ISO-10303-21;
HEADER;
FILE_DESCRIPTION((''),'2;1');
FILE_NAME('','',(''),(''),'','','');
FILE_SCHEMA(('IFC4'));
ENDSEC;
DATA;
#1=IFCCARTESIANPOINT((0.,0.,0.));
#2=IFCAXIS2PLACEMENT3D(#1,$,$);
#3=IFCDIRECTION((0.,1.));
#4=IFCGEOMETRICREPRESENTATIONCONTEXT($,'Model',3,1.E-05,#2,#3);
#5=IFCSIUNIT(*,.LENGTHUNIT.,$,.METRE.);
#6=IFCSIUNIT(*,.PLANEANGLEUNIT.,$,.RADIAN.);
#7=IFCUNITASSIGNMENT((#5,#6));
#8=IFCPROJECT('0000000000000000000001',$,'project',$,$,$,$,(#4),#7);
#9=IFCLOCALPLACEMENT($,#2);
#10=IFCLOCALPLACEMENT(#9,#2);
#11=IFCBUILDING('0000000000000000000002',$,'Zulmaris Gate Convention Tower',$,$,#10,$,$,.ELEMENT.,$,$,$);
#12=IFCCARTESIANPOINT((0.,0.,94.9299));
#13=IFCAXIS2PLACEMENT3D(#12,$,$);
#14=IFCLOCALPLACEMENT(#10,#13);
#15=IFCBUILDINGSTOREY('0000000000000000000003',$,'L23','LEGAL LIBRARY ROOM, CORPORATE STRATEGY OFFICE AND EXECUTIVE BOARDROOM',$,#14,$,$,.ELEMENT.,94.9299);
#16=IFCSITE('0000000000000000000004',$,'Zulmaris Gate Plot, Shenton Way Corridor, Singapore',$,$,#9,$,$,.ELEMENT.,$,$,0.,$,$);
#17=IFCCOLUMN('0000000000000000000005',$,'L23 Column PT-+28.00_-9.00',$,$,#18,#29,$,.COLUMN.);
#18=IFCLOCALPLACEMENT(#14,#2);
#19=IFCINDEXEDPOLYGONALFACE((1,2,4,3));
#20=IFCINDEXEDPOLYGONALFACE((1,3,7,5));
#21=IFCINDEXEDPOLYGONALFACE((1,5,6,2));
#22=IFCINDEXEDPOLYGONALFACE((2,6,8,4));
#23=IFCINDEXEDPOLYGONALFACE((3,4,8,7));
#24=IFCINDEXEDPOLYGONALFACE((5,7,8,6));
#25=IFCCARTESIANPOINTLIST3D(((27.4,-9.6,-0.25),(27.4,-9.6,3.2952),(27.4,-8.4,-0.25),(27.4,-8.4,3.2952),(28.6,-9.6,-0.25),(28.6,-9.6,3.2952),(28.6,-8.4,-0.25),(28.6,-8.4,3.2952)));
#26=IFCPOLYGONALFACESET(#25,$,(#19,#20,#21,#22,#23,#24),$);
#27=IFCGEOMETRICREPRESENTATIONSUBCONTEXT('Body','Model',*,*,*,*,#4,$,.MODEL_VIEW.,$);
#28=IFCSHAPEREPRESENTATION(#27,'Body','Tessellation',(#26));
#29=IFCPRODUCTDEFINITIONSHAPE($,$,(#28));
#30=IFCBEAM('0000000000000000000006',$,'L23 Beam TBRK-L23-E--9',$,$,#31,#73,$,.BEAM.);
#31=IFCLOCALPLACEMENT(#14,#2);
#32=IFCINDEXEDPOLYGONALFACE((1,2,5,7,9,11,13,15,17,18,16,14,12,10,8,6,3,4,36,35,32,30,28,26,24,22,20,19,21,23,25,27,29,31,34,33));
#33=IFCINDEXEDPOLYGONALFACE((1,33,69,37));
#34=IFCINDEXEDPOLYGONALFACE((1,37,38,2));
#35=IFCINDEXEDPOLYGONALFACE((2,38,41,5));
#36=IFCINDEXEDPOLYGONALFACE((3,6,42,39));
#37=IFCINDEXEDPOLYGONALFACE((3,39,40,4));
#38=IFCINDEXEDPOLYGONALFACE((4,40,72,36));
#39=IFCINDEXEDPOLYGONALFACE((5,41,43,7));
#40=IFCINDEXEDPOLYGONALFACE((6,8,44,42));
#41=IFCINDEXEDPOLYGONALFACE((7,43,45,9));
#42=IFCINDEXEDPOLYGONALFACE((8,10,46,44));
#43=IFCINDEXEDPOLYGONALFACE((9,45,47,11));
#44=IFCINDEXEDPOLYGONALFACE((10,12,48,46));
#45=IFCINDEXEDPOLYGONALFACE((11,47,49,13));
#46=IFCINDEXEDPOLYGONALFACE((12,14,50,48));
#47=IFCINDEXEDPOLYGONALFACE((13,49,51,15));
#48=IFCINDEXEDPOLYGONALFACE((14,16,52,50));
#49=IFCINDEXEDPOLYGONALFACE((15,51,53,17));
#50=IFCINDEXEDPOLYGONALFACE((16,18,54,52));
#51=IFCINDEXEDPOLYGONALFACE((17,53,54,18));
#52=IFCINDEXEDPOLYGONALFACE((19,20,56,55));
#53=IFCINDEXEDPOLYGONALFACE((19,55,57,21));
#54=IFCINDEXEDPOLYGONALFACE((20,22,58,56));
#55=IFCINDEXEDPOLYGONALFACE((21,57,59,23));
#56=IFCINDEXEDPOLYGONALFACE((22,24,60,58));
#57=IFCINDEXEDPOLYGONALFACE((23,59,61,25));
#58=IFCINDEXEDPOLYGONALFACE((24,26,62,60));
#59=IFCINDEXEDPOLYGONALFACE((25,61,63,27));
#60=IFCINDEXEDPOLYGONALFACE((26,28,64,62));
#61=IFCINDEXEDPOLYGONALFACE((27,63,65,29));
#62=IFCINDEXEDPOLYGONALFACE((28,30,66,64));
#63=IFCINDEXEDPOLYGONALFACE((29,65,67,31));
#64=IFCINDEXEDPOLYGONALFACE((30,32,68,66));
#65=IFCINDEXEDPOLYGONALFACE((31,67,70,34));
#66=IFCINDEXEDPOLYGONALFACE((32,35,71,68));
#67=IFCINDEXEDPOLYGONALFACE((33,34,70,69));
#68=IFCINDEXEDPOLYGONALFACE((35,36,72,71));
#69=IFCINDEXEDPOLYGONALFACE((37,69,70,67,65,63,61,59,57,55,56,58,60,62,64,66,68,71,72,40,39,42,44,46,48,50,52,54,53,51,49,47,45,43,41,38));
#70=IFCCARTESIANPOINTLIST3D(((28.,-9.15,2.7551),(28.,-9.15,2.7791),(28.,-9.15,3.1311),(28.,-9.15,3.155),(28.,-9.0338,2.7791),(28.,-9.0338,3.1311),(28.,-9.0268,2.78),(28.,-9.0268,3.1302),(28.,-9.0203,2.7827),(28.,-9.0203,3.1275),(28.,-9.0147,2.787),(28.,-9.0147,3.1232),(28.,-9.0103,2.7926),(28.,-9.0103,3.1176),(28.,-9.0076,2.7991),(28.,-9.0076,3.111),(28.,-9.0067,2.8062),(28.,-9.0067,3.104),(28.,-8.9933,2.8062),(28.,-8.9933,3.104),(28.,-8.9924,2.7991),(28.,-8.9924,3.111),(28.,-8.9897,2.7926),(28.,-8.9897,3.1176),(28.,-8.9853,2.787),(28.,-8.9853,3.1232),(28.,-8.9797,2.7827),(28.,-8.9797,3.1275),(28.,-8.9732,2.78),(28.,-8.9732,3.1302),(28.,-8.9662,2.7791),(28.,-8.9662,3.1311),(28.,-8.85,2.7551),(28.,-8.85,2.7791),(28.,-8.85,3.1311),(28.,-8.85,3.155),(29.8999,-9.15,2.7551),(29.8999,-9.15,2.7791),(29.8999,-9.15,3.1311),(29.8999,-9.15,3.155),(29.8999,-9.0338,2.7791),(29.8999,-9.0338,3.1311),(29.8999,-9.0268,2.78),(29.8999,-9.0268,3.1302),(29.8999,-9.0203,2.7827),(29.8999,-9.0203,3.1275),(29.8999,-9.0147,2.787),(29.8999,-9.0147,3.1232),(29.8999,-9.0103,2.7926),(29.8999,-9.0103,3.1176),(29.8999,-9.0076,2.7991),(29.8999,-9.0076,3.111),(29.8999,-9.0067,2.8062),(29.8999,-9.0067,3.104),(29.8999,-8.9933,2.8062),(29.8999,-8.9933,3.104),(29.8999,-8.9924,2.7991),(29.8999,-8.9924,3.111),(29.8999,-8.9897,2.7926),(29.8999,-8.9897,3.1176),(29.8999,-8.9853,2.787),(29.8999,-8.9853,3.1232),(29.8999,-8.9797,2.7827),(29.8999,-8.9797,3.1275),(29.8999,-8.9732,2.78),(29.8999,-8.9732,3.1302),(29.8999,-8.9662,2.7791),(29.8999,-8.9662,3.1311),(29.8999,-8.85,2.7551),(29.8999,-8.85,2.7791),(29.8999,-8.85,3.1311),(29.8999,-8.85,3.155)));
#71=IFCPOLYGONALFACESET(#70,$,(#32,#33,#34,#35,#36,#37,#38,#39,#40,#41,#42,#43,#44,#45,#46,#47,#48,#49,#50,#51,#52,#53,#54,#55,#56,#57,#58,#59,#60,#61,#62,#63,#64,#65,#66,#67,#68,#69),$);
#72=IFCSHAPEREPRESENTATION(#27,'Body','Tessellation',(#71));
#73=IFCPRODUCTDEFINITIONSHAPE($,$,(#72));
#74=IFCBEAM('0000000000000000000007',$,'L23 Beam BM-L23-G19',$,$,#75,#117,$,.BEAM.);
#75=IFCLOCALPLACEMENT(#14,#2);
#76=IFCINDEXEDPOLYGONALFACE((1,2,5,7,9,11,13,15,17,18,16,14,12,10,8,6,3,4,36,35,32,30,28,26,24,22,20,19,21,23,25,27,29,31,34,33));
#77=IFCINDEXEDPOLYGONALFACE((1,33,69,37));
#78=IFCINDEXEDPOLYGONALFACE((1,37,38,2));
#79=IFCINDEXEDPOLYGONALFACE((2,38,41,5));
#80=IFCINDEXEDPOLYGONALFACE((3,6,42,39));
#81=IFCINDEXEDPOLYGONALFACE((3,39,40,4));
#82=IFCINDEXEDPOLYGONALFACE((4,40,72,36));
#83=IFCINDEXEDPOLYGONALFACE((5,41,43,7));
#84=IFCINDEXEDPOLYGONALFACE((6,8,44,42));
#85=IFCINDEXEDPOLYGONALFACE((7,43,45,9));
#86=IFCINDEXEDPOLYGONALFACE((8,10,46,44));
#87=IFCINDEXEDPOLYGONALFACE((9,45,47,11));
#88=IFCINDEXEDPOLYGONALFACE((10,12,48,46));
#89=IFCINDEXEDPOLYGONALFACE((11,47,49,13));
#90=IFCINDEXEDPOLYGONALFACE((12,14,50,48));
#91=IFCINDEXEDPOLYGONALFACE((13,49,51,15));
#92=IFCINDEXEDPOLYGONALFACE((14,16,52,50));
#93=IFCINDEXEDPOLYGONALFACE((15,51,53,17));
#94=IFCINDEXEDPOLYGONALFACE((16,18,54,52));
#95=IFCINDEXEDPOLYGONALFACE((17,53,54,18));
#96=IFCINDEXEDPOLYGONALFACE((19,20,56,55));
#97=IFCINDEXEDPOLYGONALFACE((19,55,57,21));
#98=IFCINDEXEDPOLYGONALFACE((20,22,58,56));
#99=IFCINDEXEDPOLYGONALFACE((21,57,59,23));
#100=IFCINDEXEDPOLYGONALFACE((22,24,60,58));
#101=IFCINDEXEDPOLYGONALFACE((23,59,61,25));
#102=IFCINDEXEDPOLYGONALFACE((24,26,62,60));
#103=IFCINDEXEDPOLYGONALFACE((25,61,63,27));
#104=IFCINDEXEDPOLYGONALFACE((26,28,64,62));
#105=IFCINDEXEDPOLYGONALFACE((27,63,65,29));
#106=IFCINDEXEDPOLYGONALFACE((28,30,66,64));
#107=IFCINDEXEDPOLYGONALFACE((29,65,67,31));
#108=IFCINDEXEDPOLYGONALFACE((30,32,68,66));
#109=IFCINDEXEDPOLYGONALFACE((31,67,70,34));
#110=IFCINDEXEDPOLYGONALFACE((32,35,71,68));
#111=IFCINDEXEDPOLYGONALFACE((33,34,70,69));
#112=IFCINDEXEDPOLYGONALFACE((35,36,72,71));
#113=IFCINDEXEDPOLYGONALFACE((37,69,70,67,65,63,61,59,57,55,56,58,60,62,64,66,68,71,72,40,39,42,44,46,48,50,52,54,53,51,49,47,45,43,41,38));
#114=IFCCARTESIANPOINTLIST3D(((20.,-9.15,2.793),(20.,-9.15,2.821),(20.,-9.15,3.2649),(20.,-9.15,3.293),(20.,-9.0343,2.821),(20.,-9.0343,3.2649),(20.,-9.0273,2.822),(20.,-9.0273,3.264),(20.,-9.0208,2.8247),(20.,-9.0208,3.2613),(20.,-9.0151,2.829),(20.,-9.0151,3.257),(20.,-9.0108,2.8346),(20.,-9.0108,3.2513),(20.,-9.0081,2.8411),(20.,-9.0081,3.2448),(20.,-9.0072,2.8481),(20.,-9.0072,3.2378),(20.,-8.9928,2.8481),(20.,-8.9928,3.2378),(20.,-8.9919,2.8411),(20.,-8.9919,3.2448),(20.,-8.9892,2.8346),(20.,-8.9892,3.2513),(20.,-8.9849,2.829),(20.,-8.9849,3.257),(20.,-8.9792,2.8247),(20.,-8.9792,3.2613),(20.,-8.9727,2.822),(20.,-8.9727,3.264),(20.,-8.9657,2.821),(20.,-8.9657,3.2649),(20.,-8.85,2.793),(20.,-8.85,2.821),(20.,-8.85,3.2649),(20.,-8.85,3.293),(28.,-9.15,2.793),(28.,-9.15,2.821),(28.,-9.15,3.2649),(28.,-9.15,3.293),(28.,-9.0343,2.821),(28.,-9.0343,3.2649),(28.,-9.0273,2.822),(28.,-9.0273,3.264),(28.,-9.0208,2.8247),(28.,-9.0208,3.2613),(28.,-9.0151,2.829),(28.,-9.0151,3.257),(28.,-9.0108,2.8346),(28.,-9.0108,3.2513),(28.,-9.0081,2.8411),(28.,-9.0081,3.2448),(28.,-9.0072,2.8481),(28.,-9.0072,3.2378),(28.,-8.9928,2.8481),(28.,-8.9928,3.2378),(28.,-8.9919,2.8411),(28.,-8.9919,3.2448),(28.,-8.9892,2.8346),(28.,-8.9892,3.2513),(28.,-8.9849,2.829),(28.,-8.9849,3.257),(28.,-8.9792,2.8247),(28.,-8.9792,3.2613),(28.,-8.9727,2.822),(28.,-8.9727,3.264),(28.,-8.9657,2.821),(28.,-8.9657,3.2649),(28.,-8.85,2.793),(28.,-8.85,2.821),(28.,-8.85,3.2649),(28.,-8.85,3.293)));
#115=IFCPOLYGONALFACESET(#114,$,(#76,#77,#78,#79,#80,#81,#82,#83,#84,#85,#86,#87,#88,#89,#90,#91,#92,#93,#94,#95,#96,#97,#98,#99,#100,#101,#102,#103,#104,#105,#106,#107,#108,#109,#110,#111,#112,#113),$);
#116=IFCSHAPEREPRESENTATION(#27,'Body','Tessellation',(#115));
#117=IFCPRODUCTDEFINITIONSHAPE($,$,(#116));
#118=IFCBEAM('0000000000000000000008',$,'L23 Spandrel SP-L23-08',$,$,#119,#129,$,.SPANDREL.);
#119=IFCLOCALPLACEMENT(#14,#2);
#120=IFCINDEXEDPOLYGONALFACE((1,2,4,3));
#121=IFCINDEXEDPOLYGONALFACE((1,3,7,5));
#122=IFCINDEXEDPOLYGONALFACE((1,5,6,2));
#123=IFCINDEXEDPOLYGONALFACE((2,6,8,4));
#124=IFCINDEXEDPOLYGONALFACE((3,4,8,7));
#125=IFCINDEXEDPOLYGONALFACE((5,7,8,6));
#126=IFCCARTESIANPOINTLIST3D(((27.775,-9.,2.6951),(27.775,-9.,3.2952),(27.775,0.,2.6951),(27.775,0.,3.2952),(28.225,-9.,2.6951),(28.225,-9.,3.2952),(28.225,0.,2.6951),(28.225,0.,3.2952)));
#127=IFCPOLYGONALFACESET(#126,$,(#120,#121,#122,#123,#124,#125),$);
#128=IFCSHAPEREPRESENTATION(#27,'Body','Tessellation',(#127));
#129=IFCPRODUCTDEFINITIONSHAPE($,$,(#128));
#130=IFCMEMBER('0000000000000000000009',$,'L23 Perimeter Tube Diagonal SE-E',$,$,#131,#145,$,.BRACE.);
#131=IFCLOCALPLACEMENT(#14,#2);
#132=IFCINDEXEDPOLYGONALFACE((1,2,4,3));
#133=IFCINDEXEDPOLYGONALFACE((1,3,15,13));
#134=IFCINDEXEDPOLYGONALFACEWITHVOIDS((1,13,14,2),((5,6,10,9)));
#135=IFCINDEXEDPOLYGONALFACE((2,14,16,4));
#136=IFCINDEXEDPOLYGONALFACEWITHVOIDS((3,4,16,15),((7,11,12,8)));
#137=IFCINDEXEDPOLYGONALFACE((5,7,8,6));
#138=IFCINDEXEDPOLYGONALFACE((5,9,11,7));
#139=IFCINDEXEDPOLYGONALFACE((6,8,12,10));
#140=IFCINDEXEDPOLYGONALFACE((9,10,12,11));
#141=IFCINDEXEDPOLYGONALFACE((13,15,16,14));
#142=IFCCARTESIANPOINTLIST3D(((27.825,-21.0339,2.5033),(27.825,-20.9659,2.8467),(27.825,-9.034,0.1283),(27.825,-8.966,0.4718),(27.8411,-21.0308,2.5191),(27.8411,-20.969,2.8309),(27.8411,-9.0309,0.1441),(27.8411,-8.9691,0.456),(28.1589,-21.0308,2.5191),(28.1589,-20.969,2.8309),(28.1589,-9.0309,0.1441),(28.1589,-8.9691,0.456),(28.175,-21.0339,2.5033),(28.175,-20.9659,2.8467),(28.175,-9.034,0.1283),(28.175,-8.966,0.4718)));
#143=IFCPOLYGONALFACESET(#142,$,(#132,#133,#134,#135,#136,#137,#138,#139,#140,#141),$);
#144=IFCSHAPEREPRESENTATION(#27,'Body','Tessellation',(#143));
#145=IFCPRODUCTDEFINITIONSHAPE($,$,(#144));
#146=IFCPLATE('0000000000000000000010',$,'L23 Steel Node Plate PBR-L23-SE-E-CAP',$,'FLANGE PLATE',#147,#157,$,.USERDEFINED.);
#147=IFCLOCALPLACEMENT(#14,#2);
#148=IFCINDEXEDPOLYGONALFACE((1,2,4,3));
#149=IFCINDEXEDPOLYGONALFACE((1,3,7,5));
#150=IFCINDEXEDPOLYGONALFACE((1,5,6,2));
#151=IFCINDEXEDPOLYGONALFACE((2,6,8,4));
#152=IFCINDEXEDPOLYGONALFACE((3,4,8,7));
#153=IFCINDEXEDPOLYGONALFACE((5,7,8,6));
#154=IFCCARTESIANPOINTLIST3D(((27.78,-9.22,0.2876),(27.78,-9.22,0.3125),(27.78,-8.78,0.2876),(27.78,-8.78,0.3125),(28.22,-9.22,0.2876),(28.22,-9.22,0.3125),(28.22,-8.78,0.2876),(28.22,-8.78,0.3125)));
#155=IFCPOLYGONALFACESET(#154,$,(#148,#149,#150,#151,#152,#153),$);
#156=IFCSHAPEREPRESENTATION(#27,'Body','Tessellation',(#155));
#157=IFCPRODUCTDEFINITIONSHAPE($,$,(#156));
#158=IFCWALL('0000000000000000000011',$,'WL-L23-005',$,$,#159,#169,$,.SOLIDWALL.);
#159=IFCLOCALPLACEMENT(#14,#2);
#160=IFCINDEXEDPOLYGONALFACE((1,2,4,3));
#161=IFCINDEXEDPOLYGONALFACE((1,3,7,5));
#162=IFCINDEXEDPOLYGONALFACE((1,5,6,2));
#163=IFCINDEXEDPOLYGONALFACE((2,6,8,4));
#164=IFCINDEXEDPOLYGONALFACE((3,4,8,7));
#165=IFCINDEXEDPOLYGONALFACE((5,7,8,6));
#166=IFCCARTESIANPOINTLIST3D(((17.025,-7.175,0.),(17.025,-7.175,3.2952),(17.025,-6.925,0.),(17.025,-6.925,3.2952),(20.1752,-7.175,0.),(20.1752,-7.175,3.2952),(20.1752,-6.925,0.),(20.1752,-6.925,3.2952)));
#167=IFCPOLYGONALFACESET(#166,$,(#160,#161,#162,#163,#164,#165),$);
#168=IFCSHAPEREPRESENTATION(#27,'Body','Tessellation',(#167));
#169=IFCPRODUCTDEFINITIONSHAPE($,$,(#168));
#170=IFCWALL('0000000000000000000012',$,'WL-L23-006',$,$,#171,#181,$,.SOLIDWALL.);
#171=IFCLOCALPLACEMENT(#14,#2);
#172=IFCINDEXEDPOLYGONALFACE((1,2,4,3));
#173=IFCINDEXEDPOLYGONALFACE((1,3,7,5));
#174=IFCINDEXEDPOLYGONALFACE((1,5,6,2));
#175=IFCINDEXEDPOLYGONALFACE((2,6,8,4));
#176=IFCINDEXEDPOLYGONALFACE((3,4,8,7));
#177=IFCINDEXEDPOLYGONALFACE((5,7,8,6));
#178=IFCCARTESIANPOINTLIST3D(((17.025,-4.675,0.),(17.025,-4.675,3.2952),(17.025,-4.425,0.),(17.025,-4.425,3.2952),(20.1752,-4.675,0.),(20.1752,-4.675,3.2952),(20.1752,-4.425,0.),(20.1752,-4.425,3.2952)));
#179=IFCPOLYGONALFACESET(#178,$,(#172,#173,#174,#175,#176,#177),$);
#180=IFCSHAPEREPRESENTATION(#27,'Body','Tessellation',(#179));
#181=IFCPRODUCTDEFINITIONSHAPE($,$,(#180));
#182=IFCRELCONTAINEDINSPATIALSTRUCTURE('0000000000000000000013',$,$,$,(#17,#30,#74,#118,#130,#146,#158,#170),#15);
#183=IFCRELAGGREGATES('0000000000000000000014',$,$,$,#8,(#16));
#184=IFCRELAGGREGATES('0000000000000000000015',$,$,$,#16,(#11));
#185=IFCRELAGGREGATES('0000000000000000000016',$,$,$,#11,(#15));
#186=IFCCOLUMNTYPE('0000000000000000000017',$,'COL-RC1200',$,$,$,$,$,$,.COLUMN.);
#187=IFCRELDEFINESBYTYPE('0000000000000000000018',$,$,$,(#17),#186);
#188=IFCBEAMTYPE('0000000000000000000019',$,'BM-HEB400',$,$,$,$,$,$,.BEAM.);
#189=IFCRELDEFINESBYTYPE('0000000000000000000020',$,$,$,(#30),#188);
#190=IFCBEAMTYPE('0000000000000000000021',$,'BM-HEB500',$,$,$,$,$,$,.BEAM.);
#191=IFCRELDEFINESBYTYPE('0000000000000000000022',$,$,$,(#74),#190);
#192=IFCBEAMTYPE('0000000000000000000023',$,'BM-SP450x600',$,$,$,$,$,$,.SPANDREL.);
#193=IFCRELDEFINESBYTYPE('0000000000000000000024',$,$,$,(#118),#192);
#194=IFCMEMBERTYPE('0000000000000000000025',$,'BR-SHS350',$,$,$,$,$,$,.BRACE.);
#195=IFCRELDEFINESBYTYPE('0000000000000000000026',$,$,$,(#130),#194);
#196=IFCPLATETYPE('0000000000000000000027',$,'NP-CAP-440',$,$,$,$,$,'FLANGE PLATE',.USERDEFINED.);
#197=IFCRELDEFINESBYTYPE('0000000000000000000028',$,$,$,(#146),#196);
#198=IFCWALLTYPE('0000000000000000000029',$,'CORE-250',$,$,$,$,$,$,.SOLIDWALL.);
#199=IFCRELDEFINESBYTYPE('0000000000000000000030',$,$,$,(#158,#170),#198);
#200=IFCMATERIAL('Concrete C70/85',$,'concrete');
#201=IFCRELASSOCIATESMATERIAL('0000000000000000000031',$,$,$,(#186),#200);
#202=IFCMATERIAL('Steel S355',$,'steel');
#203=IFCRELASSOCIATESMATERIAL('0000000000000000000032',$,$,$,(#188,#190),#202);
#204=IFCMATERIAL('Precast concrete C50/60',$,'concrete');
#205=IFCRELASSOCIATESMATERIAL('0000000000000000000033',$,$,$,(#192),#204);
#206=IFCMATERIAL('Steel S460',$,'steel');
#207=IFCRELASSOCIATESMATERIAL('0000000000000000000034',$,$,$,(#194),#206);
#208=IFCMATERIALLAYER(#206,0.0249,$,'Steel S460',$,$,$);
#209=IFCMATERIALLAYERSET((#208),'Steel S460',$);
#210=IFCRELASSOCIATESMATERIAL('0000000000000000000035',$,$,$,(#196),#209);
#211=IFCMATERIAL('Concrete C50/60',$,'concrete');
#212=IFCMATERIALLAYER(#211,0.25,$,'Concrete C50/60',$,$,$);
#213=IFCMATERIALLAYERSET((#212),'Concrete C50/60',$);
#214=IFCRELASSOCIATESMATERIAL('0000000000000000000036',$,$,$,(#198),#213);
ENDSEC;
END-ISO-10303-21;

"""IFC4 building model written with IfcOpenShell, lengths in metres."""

from ifc_helpers import new_model, si_unit, direction, frame, frame_2d, origin, origin_2d, place, context, subcontext, project, spatial, rectangle, hollow_rectangle, i_section, extrude, material, layer, layer_set, material_profile, profile_set, type_object, element, save


model = new_model("IFC4")

# Units and contexts
model_context = context("Model", 3, precision=1e-05, world=origin(), true_north=direction((0.0, 1.0)))
body_context = subcontext(model_context, "Body", "Model", "MODEL_VIEW")
ifc_project = project(units=[si_unit("LENGTHUNIT", "METRE"), si_unit("PLANEANGLEUNIT", "RADIAN")], contexts=[model_context])

# Site, building, storey
site_placement = place(None, origin())
site = spatial("IfcSite", under=ifc_project, at=site_placement, Name="Zulmaris Gate Plot, Shenton Way Corridor, Singapore", CompositionType="ELEMENT", RefElevation=0.0)
building_placement = place(site_placement, origin())
building = spatial("IfcBuilding", under=site, at=building_placement, Name="Zulmaris Gate Convention Tower", CompositionType="ELEMENT")
storey_placement = place(building_placement, frame((0.0, 0.0, 94.9299)))
storey = spatial("IfcBuildingStorey", under=building, at=storey_placement, Name="L23", Description="LEGAL LIBRARY ROOM, CORPORATE STRATEGY OFFICE AND EXECUTIVE BOARDROOM", CompositionType="ELEMENT", Elevation=94.9299)

# Column
ifc_material_1 = material(Name="Concrete C70/85", Category="concrete")
ifc_material_profile_1 = material_profile(ifc_material_1, rectangle(XDim=1.2, YDim=1.2, at=origin_2d()), Name="RC COL 1200x1200")
ifc_profile_set_1 = profile_set([ifc_material_profile_1], Name="Concrete C70/85")
column_type = type_object("IfcColumnType", Name="COL-RC1200", PredefinedType="COLUMN", material=ifc_profile_set_1)
column_placement = place(storey_placement, frame((28.0, -9.0, -0.25), z_axis=(0.0, 0.0, 1.0), x_axis=(1.0, 0.0, 0.0)))
element("IfcColumn", 1, at=column_placement, inside=storey, type_object=column_type, Name="L23 Column PT-+28.00_-9.00", PredefinedType="COLUMN", context=body_context, shape_type="SweptSolid", body=[
    extrude(rectangle(XDim=1.2, YDim=1.2, at=origin_2d()), origin(), (0.0, 0.0, 1.0), 3.5452),
])

# Beams
ifc_material_2 = material(Name="Steel S355", Category="steel")
ifc_material_profile_2 = material_profile(ifc_material_2, i_section(OverallWidth=0.3, OverallDepth=0.3999, WebThickness=0.0134, FlangeThickness=0.0239, FilletRadius=0.0271, at=origin_2d()), Name="HEB 400")
ifc_profile_set_2 = profile_set([ifc_material_profile_2], Name="Steel S355")
beam_type_1 = type_object("IfcBeamType", Name="BM-HEB400", PredefinedType="BEAM", material=ifc_profile_set_2)
beam_1_placement = place(storey_placement, frame((28.0, -9.0, 2.9551), z_axis=(1.0, 0.0, 0.0), x_axis=(0.0, 1.0, 0.0)))
element("IfcBeam", 2, at=beam_1_placement, inside=storey, type_object=beam_type_1, Name="L23 Beam TBRK-L23-E--9", PredefinedType="BEAM", context=body_context, shape_type="SweptSolid", body=[
    extrude(i_section(OverallWidth=0.3, OverallDepth=0.3999, WebThickness=0.0134, FlangeThickness=0.0239, FilletRadius=0.0271, at=origin_2d()), origin(), (0.0, 0.0, 1.0), 1.8999),
])
ifc_material_profile_3 = material_profile(ifc_material_2, i_section(OverallWidth=0.3, OverallDepth=0.5, WebThickness=0.0144, FlangeThickness=0.0281, FilletRadius=0.0271, at=origin_2d()), Name="HEB 500")
ifc_profile_set_3 = profile_set([ifc_material_profile_3], Name="Steel S355")
beam_type_2 = type_object("IfcBeamType", Name="BM-HEB500", PredefinedType="BEAM", material=ifc_profile_set_3)
beam_2_placement = place(storey_placement, frame((20.0, -9.0, 3.043), z_axis=(1.0, 0.0, 0.0), x_axis=(0.0, 1.0, 0.0)))
element("IfcBeam", 3, at=beam_2_placement, inside=storey, type_object=beam_type_2, Name="L23 Beam BM-L23-G19", PredefinedType="BEAM", context=body_context, shape_type="SweptSolid", body=[
    extrude(i_section(OverallWidth=0.3, OverallDepth=0.5, WebThickness=0.0144, FlangeThickness=0.0281, FilletRadius=0.0271, at=origin_2d()), origin(), (0.0, 0.0, 1.0), 8.0),
])
ifc_material_3 = material(Name="Precast concrete C50/60", Category="concrete")
ifc_material_profile_4 = material_profile(ifc_material_3, rectangle(XDim=0.45, YDim=0.6001, at=origin_2d()), Name="RC SPANDREL 450x600")
ifc_profile_set_4 = profile_set([ifc_material_profile_4], Name="Precast concrete C50/60")
beam_type_3 = type_object("IfcBeamType", Name="BM-SP450x600", PredefinedType="SPANDREL", material=ifc_profile_set_4)
beam_3_placement = place(storey_placement, frame((28.0, -9.0, 2.9951), z_axis=(0.0, 1.0, 0.0), x_axis=(-1.0, 0.0, 0.0)))
element("IfcBeam", 4, at=beam_3_placement, inside=storey, type_object=beam_type_3, Name="L23 Spandrel SP-L23-08", PredefinedType="SPANDREL", context=body_context, shape_type="SweptSolid", body=[
    extrude(rectangle(XDim=0.45, YDim=0.6001, at=origin_2d()), origin(), (0.0, 0.0, 1.0), 9.0),
])

# Member
ifc_material_4 = material(Name="Steel S460", Category="steel")
ifc_material_profile_5 = material_profile(ifc_material_4, hollow_rectangle(XDim=0.3501, YDim=0.3501, WallThickness=0.0161, at=origin_2d()), Name="SHS 350x350x16")
ifc_profile_set_5 = profile_set([ifc_material_profile_5], Name="Steel S460")
member_type = type_object("IfcMemberType", Name="BR-SHS350", PredefinedType="BRACE", material=ifc_profile_set_5)
member_placement = place(storey_placement, frame((28.0, -9.0, 0.3), z_axis=(0.0, -0.980972, 0.194151), x_axis=(1.0, 0.0, 0.0)))
element("IfcMember", 5, at=member_placement, inside=storey, type_object=member_type, Name="L23 Perimeter Tube Diagonal SE-E", PredefinedType="BRACE", context=body_context, shape_type="SweptSolid", body=[
    extrude(hollow_rectangle(XDim=0.3501, YDim=0.3501, WallThickness=0.0161, at=origin_2d()), origin(), (0.0, 0.0, 1.0), 12.2327),
])

# Plate
ifc_layer_1 = layer(ifc_material_4, 0.0249, Name="Steel S460")
ifc_layer_set_1 = layer_set([ifc_layer_1], Name="Steel S460")
plate_type = type_object("IfcPlateType", Name="NP-CAP-440", ElementType="FLANGE PLATE", PredefinedType="USERDEFINED", material=ifc_layer_set_1)
plate_placement = place(storey_placement, frame((28.0, -9.0, 0.2876), z_axis=(0.0, 0.0, 1.0), x_axis=(1.0, 0.0, 0.0)))
element("IfcPlate", 6, at=plate_placement, inside=storey, type_object=plate_type, Name="L23 Steel Node Plate PBR-L23-SE-E-CAP", ObjectType="FLANGE PLATE", PredefinedType="USERDEFINED", context=body_context, shape_type="SweptSolid", body=[
    extrude(rectangle(XDim=0.4399, YDim=0.4399, at=origin_2d()), origin(), (0.0, 0.0, 1.0), 0.0249),
])

# Walls
ifc_material_5 = material(Name="Concrete C50/60", Category="concrete")
ifc_layer_2 = layer(ifc_material_5, 0.25, Name="Concrete C50/60")
ifc_layer_set_2 = layer_set([ifc_layer_2], Name="Concrete C50/60")
wall_type_1 = type_object("IfcWallType", Name="CORE-250", PredefinedType="SOLIDWALL", material=ifc_layer_set_2)
for number, where, z_axis, x_axis, name in (
    (7, (17.0249, -7.05, 0.0), (0.0, 0.0, 1.0), (1.0, 0.0, 0.0), "WL-L23-005"),
    (8, (17.0249, -4.55, 0.0), (0.0, 0.0, 1.0), (1.0, 0.0, 0.0), "WL-L23-006"),
):
    element("IfcWall", number, at=place(storey_placement, frame(where, z_axis=z_axis, x_axis=x_axis)), inside=storey, type_object=wall_type_1, Name=name, PredefinedType="SOLIDWALL", context=body_context, shape_type="SweptSolid", body=[
        extrude(rectangle(XDim=3.1501, YDim=0.25, at=frame_2d((1.5752, 0.0))), origin(), (0.0, 0.0, 1.0), 3.2952),
    ])

save(model, "model.ifc")
